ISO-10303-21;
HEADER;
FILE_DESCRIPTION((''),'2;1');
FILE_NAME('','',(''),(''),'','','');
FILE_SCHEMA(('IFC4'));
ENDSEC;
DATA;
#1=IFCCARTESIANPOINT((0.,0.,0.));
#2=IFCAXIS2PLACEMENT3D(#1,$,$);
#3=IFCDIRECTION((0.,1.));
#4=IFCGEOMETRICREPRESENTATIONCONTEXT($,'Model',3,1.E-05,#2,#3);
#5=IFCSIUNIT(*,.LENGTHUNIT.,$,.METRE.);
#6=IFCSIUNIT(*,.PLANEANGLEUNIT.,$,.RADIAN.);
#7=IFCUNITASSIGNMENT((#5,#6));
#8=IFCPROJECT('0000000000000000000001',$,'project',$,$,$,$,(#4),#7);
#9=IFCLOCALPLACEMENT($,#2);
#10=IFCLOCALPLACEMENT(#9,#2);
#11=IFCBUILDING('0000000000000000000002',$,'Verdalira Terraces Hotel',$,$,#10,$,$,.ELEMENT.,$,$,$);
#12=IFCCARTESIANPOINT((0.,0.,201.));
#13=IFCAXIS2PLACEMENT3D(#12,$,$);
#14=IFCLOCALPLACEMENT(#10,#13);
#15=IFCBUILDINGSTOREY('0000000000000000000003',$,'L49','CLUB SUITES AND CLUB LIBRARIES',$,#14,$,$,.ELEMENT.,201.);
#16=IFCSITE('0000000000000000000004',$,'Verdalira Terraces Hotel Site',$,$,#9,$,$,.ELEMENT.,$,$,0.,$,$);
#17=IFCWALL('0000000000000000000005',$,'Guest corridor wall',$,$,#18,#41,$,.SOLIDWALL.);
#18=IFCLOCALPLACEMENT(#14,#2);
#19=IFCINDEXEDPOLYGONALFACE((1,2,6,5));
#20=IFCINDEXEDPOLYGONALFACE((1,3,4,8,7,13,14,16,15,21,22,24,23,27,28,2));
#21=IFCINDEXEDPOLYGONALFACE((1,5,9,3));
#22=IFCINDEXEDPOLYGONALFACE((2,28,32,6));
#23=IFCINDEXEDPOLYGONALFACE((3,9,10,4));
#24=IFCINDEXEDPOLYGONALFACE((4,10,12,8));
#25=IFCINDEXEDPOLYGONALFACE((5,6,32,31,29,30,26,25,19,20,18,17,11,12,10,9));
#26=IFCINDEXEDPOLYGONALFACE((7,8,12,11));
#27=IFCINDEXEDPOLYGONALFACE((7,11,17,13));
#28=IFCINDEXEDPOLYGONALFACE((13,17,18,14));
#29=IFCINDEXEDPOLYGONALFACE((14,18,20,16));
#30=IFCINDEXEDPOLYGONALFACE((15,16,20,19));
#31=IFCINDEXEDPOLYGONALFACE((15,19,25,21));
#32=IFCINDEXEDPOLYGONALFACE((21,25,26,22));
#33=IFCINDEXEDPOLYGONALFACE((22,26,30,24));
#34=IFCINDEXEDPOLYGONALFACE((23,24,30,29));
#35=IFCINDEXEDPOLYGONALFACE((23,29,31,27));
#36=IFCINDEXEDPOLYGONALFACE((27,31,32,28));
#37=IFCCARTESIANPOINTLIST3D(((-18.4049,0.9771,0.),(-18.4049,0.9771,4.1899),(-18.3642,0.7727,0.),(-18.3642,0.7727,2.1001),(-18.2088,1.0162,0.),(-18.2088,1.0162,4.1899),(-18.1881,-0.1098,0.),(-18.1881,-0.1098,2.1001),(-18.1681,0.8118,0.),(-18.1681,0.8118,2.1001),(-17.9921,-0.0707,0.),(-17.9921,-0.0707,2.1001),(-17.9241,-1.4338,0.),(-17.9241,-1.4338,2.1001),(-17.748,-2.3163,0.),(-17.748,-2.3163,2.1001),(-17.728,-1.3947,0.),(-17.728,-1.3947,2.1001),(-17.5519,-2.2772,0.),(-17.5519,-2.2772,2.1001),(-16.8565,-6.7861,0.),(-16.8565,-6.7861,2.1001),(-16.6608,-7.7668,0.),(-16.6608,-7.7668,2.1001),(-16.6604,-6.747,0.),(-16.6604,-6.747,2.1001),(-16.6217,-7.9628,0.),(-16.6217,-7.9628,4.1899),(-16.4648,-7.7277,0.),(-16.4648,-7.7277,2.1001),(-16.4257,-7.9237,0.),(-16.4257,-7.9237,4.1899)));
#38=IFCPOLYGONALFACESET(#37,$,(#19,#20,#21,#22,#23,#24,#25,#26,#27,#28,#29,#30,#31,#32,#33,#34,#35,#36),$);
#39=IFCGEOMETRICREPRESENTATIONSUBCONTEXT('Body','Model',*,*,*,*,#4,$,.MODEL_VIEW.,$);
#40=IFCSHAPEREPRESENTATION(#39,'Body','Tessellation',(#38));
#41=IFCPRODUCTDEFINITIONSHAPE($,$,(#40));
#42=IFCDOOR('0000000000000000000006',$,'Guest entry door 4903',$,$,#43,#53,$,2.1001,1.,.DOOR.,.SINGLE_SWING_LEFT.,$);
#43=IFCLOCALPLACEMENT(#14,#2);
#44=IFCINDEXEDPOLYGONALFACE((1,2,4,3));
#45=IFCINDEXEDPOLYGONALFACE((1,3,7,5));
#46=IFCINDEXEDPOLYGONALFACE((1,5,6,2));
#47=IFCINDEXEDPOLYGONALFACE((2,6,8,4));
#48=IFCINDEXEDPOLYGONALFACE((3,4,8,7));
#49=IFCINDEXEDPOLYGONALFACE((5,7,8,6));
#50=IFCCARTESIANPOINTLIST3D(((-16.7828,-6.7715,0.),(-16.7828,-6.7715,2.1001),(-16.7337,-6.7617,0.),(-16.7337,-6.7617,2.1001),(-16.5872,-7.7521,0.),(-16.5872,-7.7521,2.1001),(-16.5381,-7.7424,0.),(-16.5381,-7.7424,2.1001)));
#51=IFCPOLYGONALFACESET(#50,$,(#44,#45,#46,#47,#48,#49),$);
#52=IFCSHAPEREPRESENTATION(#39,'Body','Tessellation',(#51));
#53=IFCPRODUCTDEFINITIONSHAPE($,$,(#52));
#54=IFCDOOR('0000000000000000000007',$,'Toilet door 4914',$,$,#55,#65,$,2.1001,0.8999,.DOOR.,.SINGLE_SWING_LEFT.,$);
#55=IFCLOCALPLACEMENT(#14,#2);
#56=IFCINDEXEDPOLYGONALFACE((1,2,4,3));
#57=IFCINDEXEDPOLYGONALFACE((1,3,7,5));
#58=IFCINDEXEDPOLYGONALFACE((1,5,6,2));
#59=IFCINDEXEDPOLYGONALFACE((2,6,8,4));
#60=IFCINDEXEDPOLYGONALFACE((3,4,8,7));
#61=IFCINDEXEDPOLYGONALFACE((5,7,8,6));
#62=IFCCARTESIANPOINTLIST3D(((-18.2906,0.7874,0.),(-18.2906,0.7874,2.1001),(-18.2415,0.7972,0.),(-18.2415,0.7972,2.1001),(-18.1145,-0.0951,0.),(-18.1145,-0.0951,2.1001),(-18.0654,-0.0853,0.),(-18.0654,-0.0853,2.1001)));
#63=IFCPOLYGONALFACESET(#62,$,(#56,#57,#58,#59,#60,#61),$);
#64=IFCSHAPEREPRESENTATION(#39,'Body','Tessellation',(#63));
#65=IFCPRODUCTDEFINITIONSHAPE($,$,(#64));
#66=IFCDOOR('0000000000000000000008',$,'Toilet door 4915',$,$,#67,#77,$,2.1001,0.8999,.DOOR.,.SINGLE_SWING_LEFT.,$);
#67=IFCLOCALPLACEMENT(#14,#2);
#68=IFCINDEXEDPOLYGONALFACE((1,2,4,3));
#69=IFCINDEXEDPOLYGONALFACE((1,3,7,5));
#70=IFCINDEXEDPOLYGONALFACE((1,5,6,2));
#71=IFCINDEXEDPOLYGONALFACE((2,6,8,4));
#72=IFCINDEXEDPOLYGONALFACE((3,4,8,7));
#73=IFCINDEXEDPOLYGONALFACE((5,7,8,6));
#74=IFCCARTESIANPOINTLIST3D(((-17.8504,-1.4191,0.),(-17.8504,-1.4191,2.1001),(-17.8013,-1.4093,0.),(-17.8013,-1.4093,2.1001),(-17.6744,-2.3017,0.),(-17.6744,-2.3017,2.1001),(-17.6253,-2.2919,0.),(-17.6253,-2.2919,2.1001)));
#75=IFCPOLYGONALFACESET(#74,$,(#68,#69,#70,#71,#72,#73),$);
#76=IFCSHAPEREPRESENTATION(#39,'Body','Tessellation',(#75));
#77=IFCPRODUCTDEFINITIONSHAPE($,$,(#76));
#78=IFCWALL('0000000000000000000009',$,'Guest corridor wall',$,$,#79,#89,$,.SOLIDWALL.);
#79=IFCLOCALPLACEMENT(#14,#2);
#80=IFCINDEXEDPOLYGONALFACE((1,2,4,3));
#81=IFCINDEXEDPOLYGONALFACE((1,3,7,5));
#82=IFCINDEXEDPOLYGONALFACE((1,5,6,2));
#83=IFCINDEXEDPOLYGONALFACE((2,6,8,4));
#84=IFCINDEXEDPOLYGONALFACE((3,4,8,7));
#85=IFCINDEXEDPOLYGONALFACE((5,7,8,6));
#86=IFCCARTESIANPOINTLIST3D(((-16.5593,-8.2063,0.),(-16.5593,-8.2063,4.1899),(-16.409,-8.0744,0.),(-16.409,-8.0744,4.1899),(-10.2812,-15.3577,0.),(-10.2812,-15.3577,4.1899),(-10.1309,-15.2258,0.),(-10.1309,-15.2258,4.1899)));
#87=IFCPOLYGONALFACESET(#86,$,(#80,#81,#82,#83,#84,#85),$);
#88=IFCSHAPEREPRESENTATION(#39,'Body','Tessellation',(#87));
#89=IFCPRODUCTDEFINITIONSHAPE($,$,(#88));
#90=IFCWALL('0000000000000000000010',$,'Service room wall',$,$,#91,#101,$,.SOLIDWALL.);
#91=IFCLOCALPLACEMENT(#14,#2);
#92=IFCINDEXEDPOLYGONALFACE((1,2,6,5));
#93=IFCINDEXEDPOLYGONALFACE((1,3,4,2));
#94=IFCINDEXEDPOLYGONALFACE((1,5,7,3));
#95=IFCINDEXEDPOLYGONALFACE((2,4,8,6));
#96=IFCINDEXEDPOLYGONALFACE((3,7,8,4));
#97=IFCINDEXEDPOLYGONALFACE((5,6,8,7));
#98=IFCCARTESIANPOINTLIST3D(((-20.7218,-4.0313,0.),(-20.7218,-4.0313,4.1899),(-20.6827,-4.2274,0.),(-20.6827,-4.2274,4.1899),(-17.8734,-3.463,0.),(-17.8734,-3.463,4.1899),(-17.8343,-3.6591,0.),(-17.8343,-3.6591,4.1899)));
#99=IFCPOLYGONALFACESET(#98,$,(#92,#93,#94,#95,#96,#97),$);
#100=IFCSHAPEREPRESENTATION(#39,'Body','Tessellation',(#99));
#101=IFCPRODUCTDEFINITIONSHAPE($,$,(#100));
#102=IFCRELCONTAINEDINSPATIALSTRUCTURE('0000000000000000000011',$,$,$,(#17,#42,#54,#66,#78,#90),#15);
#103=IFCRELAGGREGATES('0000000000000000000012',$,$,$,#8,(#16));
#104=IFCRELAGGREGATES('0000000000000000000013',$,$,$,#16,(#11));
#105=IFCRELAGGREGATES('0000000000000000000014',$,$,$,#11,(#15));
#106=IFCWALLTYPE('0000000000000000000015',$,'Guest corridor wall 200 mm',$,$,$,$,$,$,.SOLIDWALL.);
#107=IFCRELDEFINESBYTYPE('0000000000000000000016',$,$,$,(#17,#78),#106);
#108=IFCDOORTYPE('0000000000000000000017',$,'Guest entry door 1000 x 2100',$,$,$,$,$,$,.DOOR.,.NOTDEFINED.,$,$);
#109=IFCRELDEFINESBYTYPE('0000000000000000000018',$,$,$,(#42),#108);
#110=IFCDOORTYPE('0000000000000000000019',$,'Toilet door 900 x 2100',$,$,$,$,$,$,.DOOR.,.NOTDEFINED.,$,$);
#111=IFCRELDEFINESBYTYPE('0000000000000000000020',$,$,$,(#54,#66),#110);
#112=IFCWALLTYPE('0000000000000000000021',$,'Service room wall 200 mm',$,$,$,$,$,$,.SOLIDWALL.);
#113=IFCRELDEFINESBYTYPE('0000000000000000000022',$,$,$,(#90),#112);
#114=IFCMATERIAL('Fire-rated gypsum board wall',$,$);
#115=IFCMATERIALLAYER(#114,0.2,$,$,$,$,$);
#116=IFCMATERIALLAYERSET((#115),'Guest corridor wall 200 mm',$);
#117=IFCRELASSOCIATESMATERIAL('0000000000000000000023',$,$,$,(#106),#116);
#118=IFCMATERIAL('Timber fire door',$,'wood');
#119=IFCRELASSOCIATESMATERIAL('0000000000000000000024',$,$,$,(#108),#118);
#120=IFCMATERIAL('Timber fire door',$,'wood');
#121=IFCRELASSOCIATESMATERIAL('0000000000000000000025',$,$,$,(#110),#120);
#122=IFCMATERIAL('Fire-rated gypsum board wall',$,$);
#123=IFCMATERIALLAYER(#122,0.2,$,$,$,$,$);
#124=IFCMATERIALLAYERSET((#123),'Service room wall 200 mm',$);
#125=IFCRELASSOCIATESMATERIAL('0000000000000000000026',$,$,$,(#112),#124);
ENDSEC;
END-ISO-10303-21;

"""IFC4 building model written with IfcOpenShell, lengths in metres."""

from ifc_helpers import new_model, si_unit, direction, frame, frame_2d, origin, place, context, subcontext, project, spatial, rectangle, extrude, material, layer, layer_set, type_object, element, fill, save


model = new_model("IFC4")

# Units and contexts
model_context = context("Model", 3, precision=1e-05, world=origin(), true_north=direction((0.0, 1.0)))
body_context = subcontext(model_context, "Body", "Model", "MODEL_VIEW")
ifc_project = project(units=[si_unit("LENGTHUNIT", "METRE"), si_unit("PLANEANGLEUNIT", "RADIAN")], contexts=[model_context])

# Site, building, storey
site_placement = place(None, origin())
site = spatial("IfcSite", under=ifc_project, at=site_placement, Name="Verdalira Terraces Hotel Site", CompositionType="ELEMENT", RefElevation=0.0)
building_placement = place(site_placement, origin())
building = spatial("IfcBuilding", under=site, at=building_placement, Name="Verdalira Terraces Hotel", CompositionType="ELEMENT")
storey_placement = place(building_placement, frame((0.0, 0.0, 201.0)))
storey = spatial("IfcBuildingStorey", under=building, at=storey_placement, Name="L49", Description="CLUB SUITES AND CLUB LIBRARIES", CompositionType="ELEMENT", Elevation=201.0)

# Wall, openings, doors
ifc_material_1 = material(Name="Fire-rated gypsum board wall")
ifc_layer_1 = layer(ifc_material_1, 0.2)
ifc_layer_set_1 = layer_set([ifc_layer_1], Name="Guest corridor wall 200 mm")
wall_type_1 = type_object("IfcWallType", Name="Guest corridor wall 200 mm", PredefinedType="SOLIDWALL", material=ifc_layer_set_1)
wall_1_placement = place(storey_placement, frame((-16.5237, -7.9434, 0.0), z_axis=(0.0, 0.0, 1.0), x_axis=(-0.195611, 0.980681, 0.0)))
wall_1 = element("IfcWall", 1, at=wall_1_placement, inside=storey, type_object=wall_type_1, Name="Guest corridor wall", PredefinedType="SOLIDWALL", context=body_context, shape_type="SweptSolid", body=[
    extrude(rectangle(XDim=9.116, YDim=0.2, at=frame_2d((4.5581, 0.0))), origin(), (0.0, 0.0, 1.0), 4.1899),
])
opening_1_placement = place(wall_1_placement, frame((0.2, 0.0, 0.0)))
opening_1 = element("IfcOpeningElement", 2, at=opening_1_placement, cuts=wall_1, PredefinedType="OPENING", context=body_context, shape_type="SweptSolid", body=[
    extrude(rectangle(XDim=1.0, YDim=2.1001, at=frame_2d((0.5, 1.05))), frame((0.0, 0.1099, 0.0), z_axis=(0.0, -1.0, 0.0), x_axis=(1.0, 0.0, 0.0)), (0.0, 0.0, 1.0), 0.22),
])
opening_2_placement = place(wall_1_placement, frame((8.0078, 0.0, 0.0)))
opening_2 = element("IfcOpeningElement", 3, at=opening_2_placement, cuts=wall_1, PredefinedType="OPENING", context=body_context, shape_type="SweptSolid", body=[
    extrude(rectangle(XDim=0.8999, YDim=2.1001, at=frame_2d((0.45, 1.05))), frame((0.0, 0.1099, 0.0), z_axis=(0.0, -1.0, 0.0), x_axis=(1.0, 0.0, 0.0)), (0.0, 0.0, 1.0), 0.22),
])
opening_3_placement = place(wall_1_placement, frame((5.7578, 0.0, 0.0)))
opening_3 = element("IfcOpeningElement", 4, at=opening_3_placement, cuts=wall_1, PredefinedType="OPENING", context=body_context, shape_type="SweptSolid", body=[
    extrude(rectangle(XDim=0.8999, YDim=2.1001, at=frame_2d((0.45, 1.05))), frame((0.0, 0.1099, 0.0), z_axis=(0.0, -1.0, 0.0), x_axis=(1.0, 0.0, 0.0)), (0.0, 0.0, 1.0), 0.22),
])
ifc_material_2 = material(Name="Timber fire door", Category="wood")
door_type_1 = type_object("IfcDoorType", Name="Guest entry door 1000 x 2100", OperationType="NOTDEFINED", PredefinedType="DOOR", material=ifc_material_2)
door_1_placement = place(opening_1_placement, origin())
door_1 = element("IfcDoor", 5, at=door_1_placement, inside=storey, type_object=door_type_1, Name="Guest entry door 4903", OperationType="SINGLE_SWING_LEFT", OverallHeight=2.1001, OverallWidth=1.0, PredefinedType="DOOR", context=body_context, shape_type="SweptSolid", body=[
    extrude(rectangle(XDim=1.0, YDim=2.1001, at=frame_2d((0.5, 1.05))), frame((0.0, 0.0249, 0.0), z_axis=(0.0, -1.0, 0.0), x_axis=(1.0, 0.0, 0.0)), (0.0, 0.0, 1.0), 0.05),
])
fill(opening_1, door_1)
ifc_material_3 = material(Name="Timber fire door", Category="wood")
door_type_2 = type_object("IfcDoorType", Name="Toilet door 900 x 2100", OperationType="NOTDEFINED", PredefinedType="DOOR", material=ifc_material_3)
door_2_placement = place(opening_2_placement, origin())
door_2 = element("IfcDoor", 6, at=door_2_placement, inside=storey, type_object=door_type_2, Name="Toilet door 4914", OperationType="SINGLE_SWING_LEFT", OverallHeight=2.1001, OverallWidth=0.8999, PredefinedType="DOOR", context=body_context, shape_type="SweptSolid", body=[
    extrude(rectangle(XDim=0.8999, YDim=2.1001, at=frame_2d((0.45, 1.05))), frame((0.0, 0.0249, 0.0), z_axis=(0.0, -1.0, 0.0), x_axis=(1.0, 0.0, 0.0)), (0.0, 0.0, 1.0), 0.05),
])
fill(opening_2, door_2)
door_3_placement = place(opening_3_placement, origin())
door_3 = element("IfcDoor", 7, at=door_3_placement, inside=storey, type_object=door_type_2, Name="Toilet door 4915", OperationType="SINGLE_SWING_LEFT", OverallHeight=2.1001, OverallWidth=0.8999, PredefinedType="DOOR", context=body_context, shape_type="SweptSolid", body=[
    extrude(rectangle(XDim=0.8999, YDim=2.1001, at=frame_2d((0.45, 1.05))), frame((0.0, 0.0249, 0.0), z_axis=(0.0, -1.0, 0.0), x_axis=(1.0, 0.0, 0.0)), (0.0, 0.0, 1.0), 0.05),
])
fill(opening_3, door_3)

# Walls
wall_2_placement = place(storey_placement, frame((-16.4841, -8.1404, 0.0), z_axis=(0.0, 0.0, 1.0), x_axis=(0.659732, -0.751501, 0.0)))
element("IfcWall", 8, at=wall_2_placement, inside=storey, type_object=wall_type_1, Name="Guest corridor wall", PredefinedType="SOLIDWALL", context=body_context, shape_type="SweptSolid", body=[
    extrude(rectangle(XDim=9.5161, YDim=0.2, at=frame_2d((4.7581, 0.0))), origin(), (0.0, 0.0, 1.0), 4.1899),
])
ifc_material_4 = material(Name="Fire-rated gypsum board wall")
ifc_layer_2 = layer(ifc_material_4, 0.2)
ifc_layer_set_2 = layer_set([ifc_layer_2], Name="Service room wall 200 mm")
wall_type_2 = type_object("IfcWallType", Name="Service room wall 200 mm", PredefinedType="SOLIDWALL", material=ifc_layer_set_2)
wall_3_placement = place(storey_placement, frame((-17.854, -3.561, 0.0), z_axis=(0.0, 0.0, 1.0), x_axis=(-0.980668, -0.19568, 0.0)))
element("IfcWall", 9, at=wall_3_placement, inside=storey, type_object=wall_type_2, Name="Service room wall", PredefinedType="SOLIDWALL", context=body_context, shape_type="SweptSolid", body=[
    extrude(rectangle(XDim=2.9045, YDim=0.2, at=frame_2d((1.4521, 0.0))), origin(), (0.0, 0.0, 1.0), 4.1899),
])

save(model, "model.ifc")
